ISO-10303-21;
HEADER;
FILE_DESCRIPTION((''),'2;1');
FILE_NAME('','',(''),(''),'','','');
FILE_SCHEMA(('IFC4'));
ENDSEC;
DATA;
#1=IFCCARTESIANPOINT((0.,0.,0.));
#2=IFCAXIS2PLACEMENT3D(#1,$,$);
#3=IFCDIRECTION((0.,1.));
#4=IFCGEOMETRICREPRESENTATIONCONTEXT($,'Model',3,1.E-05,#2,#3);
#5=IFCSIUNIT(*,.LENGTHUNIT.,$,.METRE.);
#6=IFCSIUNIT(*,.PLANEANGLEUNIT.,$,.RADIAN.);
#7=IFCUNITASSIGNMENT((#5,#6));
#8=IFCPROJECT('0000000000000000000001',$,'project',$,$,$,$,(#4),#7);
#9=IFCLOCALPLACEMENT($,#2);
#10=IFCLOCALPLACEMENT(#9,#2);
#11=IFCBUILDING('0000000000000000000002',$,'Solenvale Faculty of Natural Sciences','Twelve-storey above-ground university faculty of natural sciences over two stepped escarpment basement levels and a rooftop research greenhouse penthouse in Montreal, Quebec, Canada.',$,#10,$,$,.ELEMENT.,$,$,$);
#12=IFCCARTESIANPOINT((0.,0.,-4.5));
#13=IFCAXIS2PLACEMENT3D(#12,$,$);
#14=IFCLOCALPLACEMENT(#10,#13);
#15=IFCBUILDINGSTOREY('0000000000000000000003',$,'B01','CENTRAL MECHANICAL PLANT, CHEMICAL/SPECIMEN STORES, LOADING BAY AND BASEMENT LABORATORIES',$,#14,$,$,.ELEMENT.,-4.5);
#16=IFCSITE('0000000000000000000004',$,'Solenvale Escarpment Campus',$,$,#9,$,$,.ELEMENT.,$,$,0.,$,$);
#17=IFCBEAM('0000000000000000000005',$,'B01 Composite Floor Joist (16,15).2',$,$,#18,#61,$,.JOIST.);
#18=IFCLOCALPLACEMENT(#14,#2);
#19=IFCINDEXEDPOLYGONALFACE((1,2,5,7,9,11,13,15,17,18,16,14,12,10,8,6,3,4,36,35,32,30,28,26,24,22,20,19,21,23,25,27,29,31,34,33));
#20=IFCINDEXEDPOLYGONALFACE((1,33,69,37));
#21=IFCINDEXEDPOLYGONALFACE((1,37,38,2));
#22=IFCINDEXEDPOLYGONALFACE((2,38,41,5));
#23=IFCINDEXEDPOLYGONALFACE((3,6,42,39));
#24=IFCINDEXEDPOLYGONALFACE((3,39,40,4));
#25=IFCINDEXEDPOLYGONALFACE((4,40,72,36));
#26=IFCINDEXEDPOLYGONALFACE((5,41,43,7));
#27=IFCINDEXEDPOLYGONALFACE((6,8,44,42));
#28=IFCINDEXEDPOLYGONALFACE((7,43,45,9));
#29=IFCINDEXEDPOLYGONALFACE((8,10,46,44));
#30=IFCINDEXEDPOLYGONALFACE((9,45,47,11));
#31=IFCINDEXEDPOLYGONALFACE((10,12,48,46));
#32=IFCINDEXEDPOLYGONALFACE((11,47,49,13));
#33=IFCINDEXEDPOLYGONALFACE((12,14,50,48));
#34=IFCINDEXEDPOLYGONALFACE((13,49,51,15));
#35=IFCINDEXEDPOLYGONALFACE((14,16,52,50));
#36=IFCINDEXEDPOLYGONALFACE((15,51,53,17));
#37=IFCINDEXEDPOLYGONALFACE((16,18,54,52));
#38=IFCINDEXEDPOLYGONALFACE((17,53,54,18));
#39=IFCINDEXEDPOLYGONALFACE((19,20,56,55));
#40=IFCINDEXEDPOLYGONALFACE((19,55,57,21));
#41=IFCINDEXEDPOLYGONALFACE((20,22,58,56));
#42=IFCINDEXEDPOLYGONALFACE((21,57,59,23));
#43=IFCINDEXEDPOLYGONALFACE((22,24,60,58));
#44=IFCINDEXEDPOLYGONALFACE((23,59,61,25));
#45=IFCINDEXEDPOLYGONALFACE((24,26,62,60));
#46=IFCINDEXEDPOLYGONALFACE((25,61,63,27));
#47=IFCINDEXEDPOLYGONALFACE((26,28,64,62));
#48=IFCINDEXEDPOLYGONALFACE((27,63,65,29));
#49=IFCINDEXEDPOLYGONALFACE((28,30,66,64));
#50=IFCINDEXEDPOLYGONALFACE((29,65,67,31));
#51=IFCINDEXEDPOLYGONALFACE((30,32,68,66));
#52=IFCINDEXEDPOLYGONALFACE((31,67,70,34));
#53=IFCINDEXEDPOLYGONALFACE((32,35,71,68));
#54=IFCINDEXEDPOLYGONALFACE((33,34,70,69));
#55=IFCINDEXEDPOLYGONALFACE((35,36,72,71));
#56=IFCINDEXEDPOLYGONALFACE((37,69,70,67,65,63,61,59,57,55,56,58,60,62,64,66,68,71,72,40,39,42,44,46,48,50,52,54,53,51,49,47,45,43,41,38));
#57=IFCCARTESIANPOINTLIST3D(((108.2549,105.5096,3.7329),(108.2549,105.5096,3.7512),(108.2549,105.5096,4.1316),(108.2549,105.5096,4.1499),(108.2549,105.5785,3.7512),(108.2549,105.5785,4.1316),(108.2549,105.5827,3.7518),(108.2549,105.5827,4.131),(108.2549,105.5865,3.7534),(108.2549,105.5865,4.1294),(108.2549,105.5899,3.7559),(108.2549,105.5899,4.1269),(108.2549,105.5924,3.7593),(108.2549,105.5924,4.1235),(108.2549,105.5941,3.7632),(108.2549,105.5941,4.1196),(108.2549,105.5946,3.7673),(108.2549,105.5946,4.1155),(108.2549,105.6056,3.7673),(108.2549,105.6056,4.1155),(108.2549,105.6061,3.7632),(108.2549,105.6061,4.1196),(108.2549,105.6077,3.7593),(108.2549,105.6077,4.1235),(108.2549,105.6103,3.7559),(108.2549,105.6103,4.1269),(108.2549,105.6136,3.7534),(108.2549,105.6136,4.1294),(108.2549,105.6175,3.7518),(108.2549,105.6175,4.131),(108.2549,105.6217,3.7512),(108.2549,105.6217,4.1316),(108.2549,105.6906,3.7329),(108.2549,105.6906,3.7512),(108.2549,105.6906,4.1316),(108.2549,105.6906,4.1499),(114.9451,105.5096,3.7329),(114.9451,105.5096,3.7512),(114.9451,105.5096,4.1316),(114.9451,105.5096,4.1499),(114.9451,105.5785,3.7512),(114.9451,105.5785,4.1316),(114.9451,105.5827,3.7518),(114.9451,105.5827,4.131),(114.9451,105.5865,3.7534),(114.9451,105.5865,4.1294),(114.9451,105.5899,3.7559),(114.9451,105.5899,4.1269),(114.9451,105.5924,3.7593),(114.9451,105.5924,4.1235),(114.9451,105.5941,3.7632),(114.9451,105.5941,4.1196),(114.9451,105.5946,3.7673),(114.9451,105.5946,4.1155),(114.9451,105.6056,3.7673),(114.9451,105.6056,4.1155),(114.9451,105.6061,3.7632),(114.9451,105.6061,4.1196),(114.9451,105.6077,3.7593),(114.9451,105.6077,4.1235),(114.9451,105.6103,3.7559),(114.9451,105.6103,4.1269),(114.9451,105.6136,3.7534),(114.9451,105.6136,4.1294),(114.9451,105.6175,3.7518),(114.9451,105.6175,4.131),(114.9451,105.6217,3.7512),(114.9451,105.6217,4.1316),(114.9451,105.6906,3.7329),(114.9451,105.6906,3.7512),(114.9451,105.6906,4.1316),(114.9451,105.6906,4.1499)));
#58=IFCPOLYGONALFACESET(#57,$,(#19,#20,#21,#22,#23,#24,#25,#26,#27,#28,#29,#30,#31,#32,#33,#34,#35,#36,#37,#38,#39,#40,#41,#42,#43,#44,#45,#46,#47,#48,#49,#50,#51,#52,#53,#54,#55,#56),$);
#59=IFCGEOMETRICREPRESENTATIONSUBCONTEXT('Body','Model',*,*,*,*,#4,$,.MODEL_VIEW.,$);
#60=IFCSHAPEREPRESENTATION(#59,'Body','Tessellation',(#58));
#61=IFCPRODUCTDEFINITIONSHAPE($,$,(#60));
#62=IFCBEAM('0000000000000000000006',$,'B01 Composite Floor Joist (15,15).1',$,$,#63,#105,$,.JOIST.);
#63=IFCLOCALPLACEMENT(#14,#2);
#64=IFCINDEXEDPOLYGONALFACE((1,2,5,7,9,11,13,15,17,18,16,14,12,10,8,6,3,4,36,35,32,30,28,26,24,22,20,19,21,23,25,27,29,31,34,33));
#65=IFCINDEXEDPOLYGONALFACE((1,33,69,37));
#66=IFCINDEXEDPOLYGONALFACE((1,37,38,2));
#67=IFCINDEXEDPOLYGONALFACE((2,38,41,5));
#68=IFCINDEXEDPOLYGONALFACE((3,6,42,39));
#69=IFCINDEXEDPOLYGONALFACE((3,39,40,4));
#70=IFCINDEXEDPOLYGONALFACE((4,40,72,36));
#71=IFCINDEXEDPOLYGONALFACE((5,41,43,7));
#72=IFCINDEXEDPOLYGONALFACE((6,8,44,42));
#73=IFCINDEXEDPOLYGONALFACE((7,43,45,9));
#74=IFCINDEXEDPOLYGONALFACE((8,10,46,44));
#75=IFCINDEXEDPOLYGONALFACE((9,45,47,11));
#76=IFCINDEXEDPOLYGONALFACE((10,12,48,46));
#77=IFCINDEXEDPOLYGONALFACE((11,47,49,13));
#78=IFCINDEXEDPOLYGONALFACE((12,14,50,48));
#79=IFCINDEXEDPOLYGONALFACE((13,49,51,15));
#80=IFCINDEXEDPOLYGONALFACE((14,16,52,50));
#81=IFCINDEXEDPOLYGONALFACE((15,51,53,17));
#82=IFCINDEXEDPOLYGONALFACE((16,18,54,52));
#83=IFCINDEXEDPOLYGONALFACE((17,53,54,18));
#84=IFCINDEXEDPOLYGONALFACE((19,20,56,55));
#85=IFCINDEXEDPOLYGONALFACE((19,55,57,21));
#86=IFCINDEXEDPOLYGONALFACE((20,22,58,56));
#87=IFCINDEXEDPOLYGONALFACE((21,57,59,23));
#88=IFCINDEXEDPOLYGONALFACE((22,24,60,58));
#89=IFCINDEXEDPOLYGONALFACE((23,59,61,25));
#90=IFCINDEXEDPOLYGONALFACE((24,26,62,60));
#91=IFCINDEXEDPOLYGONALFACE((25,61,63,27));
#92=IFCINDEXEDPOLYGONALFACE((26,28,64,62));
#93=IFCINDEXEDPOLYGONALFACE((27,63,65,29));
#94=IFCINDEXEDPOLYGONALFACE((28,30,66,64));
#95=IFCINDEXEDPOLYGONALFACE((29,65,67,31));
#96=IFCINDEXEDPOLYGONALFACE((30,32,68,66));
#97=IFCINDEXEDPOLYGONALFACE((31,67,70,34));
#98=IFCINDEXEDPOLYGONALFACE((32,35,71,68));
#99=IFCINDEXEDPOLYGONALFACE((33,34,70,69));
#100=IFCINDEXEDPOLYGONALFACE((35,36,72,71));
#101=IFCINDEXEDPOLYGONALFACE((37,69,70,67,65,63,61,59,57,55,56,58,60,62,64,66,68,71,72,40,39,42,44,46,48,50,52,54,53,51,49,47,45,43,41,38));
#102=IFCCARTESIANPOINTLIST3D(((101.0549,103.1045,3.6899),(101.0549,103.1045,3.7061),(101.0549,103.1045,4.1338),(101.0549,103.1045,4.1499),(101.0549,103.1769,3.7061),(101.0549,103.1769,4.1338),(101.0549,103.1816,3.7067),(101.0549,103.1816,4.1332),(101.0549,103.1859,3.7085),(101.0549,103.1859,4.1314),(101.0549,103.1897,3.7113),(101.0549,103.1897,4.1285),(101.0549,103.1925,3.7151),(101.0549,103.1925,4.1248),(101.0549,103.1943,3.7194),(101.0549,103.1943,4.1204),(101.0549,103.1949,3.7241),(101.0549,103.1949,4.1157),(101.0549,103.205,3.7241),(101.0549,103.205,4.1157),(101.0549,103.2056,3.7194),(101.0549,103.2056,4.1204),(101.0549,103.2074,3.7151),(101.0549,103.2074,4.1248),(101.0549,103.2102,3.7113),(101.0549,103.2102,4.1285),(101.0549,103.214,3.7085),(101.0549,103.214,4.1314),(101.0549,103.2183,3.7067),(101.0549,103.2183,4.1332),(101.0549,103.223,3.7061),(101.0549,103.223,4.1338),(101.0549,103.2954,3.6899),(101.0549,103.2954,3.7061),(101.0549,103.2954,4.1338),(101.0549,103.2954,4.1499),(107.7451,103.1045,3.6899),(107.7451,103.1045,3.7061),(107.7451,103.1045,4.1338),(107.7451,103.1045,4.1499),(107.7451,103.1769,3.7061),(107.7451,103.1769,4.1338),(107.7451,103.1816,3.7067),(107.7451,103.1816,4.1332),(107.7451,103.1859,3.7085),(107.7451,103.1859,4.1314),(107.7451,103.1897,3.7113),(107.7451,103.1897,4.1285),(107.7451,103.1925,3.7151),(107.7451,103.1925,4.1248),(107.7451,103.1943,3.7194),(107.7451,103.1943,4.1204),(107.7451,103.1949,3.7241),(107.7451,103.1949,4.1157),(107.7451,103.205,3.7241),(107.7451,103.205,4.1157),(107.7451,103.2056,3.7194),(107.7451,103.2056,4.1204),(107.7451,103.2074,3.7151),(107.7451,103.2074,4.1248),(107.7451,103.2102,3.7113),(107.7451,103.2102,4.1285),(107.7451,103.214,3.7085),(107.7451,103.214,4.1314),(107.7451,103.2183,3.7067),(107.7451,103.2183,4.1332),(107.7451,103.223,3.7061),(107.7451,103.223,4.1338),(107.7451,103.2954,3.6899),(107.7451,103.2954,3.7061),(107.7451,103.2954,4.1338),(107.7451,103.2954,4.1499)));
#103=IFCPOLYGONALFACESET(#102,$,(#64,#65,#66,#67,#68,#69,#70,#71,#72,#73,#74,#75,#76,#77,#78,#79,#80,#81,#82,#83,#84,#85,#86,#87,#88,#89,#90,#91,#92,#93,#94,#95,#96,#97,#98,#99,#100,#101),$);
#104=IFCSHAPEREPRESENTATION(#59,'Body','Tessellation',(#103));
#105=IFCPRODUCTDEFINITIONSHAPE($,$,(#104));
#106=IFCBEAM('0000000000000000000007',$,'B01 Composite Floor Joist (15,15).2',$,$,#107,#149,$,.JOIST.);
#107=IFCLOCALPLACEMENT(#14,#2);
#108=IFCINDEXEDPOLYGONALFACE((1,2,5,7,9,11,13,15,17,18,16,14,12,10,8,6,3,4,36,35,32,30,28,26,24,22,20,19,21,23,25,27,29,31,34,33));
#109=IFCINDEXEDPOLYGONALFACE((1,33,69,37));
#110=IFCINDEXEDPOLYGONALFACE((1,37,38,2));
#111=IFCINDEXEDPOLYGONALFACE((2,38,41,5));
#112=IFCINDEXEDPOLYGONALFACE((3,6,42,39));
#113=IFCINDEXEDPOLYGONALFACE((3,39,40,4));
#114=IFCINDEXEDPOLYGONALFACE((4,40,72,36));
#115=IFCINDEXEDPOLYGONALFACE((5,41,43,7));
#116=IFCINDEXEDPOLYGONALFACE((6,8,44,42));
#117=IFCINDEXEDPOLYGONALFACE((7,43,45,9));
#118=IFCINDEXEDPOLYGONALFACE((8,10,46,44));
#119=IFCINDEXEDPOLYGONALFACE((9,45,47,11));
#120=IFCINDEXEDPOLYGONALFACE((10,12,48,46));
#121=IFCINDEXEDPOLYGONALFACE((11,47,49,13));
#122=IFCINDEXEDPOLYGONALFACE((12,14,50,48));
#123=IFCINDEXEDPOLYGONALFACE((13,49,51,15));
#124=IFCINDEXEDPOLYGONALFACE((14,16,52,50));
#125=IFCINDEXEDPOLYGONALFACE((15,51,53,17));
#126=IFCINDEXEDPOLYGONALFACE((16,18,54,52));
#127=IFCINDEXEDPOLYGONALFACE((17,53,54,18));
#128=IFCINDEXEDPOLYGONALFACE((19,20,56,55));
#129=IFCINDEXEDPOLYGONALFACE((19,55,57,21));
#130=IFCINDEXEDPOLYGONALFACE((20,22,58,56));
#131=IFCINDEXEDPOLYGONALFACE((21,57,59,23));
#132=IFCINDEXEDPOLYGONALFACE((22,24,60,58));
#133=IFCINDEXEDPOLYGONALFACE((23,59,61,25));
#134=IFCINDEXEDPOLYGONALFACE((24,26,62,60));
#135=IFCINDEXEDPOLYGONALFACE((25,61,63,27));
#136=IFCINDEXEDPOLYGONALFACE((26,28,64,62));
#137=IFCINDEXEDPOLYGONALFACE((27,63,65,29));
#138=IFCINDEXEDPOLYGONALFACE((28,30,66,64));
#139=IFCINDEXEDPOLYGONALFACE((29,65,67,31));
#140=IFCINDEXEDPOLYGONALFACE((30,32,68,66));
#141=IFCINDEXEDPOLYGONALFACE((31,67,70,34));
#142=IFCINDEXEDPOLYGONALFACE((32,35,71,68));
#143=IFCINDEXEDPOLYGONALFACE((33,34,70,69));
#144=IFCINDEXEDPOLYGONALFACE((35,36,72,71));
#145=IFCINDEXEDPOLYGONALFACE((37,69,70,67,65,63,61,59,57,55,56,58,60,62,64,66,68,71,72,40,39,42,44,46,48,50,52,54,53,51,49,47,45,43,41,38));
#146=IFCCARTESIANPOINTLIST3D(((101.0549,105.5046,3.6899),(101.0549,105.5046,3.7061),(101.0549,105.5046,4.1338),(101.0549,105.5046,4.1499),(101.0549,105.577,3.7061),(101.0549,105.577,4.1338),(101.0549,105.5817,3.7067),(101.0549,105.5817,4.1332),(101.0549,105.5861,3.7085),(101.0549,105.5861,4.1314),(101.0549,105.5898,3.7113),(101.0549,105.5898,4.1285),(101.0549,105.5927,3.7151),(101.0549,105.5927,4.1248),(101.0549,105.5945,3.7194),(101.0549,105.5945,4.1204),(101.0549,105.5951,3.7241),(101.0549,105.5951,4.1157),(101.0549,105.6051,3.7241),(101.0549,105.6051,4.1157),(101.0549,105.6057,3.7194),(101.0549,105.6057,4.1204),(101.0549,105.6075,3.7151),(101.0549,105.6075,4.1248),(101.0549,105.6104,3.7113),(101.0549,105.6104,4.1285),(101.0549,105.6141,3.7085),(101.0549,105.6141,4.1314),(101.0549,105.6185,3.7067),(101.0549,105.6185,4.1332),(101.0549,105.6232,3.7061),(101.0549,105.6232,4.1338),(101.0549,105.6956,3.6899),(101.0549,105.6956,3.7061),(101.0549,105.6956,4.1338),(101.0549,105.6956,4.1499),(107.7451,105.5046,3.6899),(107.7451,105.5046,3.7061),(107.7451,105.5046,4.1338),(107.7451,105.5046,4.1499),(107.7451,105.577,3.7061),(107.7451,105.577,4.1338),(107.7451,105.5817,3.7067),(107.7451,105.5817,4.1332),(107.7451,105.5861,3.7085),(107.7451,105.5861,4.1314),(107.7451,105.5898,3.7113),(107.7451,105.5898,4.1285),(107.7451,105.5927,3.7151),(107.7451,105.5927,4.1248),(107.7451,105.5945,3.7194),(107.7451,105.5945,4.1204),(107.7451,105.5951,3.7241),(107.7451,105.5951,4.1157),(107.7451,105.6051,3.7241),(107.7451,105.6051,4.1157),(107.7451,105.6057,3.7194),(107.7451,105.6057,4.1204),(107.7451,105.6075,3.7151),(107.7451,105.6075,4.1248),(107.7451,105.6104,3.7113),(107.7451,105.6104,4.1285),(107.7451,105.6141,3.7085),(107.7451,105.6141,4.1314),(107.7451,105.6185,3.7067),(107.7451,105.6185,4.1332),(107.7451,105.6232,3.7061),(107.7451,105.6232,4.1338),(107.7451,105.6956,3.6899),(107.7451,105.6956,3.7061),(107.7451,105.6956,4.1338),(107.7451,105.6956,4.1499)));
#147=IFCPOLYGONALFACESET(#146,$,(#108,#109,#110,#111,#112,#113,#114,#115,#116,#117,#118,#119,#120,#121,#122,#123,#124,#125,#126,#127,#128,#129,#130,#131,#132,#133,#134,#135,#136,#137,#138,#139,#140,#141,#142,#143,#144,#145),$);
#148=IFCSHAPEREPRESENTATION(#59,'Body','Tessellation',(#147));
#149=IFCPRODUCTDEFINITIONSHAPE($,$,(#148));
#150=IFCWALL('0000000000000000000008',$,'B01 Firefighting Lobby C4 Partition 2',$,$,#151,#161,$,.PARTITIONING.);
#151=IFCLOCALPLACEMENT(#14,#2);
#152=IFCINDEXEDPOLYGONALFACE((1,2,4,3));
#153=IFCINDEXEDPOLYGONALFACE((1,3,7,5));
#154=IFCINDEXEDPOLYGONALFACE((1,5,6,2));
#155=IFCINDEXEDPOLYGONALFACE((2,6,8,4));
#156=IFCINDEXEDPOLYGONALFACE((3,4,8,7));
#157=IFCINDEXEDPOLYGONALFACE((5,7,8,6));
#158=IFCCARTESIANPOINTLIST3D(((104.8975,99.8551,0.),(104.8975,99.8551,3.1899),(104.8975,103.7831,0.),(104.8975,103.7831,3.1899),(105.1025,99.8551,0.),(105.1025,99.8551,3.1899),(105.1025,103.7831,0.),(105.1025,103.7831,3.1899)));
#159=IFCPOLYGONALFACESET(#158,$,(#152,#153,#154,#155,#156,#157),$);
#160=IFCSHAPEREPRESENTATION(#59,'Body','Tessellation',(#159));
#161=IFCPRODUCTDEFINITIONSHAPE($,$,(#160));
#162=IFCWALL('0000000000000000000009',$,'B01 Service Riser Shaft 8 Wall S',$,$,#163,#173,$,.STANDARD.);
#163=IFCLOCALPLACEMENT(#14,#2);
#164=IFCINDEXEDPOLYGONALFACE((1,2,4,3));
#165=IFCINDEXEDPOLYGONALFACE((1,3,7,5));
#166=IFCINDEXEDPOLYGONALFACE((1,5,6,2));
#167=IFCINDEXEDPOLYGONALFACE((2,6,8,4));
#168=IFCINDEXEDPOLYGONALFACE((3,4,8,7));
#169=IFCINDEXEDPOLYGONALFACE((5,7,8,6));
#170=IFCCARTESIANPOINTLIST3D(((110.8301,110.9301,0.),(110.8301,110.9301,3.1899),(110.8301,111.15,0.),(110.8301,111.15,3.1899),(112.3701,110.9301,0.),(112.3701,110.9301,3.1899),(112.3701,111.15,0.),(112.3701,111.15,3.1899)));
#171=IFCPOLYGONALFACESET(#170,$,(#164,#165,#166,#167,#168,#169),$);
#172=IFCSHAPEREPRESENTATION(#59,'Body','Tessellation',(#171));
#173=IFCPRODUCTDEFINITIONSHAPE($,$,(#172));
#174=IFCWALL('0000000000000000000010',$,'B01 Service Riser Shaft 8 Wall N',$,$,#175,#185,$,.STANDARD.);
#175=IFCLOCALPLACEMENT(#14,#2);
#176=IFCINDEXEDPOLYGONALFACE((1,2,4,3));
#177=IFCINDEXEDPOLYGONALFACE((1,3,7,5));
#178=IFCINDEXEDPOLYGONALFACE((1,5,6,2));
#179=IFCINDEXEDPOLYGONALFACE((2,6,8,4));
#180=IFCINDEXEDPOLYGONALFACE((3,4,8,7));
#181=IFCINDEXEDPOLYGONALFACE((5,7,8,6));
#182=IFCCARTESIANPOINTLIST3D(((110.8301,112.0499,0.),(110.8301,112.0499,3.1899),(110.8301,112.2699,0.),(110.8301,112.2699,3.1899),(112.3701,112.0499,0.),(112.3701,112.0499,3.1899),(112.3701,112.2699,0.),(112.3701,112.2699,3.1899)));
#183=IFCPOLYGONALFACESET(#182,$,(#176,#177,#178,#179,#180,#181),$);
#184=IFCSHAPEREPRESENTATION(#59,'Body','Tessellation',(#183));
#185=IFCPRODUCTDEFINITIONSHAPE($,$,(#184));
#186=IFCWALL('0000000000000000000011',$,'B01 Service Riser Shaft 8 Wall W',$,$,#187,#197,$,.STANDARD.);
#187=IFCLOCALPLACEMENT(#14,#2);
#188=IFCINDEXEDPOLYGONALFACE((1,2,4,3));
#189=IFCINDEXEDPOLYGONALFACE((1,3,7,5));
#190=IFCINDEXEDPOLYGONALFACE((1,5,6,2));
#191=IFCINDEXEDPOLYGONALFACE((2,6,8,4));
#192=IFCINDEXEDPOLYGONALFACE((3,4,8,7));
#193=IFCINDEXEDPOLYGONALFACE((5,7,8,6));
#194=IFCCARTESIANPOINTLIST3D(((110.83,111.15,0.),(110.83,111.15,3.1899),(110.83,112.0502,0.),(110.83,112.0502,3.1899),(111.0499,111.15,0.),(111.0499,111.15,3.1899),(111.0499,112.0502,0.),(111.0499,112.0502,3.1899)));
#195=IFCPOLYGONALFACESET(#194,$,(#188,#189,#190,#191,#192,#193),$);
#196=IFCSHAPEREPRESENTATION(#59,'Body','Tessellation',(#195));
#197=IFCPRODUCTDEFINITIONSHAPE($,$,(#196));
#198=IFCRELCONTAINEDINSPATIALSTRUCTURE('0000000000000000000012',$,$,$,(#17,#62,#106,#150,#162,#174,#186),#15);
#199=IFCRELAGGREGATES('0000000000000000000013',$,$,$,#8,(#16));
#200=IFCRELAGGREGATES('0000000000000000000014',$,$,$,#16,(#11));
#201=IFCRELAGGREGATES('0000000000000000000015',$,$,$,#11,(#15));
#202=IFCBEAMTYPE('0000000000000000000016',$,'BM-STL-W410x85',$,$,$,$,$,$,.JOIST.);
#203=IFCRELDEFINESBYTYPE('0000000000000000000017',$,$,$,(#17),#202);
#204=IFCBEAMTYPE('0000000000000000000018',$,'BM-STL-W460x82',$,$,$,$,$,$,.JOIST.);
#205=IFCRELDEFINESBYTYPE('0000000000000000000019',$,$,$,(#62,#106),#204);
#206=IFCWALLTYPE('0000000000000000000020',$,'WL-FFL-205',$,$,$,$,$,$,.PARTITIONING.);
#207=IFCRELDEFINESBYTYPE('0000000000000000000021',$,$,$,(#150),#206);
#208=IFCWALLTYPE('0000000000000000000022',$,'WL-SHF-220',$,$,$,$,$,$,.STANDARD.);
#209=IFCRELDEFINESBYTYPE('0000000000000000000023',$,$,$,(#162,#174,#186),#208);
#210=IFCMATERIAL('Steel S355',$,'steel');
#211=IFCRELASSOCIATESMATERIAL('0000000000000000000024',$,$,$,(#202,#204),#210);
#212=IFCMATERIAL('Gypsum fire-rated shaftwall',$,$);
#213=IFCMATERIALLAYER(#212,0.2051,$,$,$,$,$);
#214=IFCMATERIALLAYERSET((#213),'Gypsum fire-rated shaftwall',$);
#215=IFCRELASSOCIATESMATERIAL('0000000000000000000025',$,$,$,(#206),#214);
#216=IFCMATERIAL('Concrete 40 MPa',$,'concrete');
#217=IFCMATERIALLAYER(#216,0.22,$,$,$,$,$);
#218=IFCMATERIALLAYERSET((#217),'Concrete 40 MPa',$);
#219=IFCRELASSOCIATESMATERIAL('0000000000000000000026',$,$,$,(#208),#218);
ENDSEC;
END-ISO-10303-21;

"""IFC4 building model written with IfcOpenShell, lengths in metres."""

from ifc_helpers import new_model, si_unit, direction, frame, frame_2d, origin, origin_2d, place, context, subcontext, project, spatial, rectangle, i_section, extrude, material, layer, layer_set, material_profile, profile_set, type_object, element, save


model = new_model("IFC4")

# Units and contexts
model_context = context("Model", 3, precision=1e-05, world=origin(), true_north=direction((0.0, 1.0)))
body_context = subcontext(model_context, "Body", "Model", "MODEL_VIEW")
ifc_project = project(units=[si_unit("LENGTHUNIT", "METRE"), si_unit("PLANEANGLEUNIT", "RADIAN")], contexts=[model_context])

# Site, building, storey
site_placement = place(None, origin())
site = spatial("IfcSite", under=ifc_project, at=site_placement, Name="Solenvale Escarpment Campus", CompositionType="ELEMENT", RefElevation=0.0)
building_placement = place(site_placement, origin())
building = spatial("IfcBuilding", under=site, at=building_placement, Name="Solenvale Faculty of Natural Sciences", Description="Twelve-storey above-ground university faculty of natural sciences over two stepped escarpment basement levels and a rooftop research greenhouse penthouse in Montreal, Quebec, Canada.", CompositionType="ELEMENT")
storey_placement = place(building_placement, frame((0.0, 0.0, -4.5)))
storey = spatial("IfcBuildingStorey", under=building, at=storey_placement, Name="B01", Description="CENTRAL MECHANICAL PLANT, CHEMICAL/SPECIMEN STORES, LOADING BAY AND BASEMENT LABORATORIES", CompositionType="ELEMENT", Elevation=-4.5)

# Beams
ifc_material_1 = material(Name="Concrete 40 MPa", Category="concrete")
ifc_material_2 = material(Name="Steel S355", Category="steel")
ifc_material_profile_1 = material_profile(ifc_material_2, i_section(OverallWidth=0.1809, OverallDepth=0.417, WebThickness=0.011, FlangeThickness=0.0183, FilletRadius=0.0161, at=origin_2d()), Name="W410x85")
ifc_profile_set_1 = profile_set([ifc_material_profile_1], Name="Steel S355")
beam_type_1 = type_object("IfcBeamType", Name="BM-STL-W410x85", PredefinedType="JOIST", material=ifc_profile_set_1)
for number, where, z_axis, x_axis, name in (
    (1, (108.2549, 105.6001, 3.9414), (1.0, 0.0, 0.0), (0.0, 1.0, 0.0), "B01 Composite Floor Joist (16,15).2"),
):
    element("IfcBeam", number, at=place(storey_placement, frame(where, z_axis=z_axis, x_axis=x_axis)), inside=storey, type_object=beam_type_1, Name=name, PredefinedType="JOIST", context=body_context, shape_type="SweptSolid", body=[
        extrude(i_section(OverallWidth=0.1809, OverallDepth=0.417, WebThickness=0.011, FlangeThickness=0.0183, FilletRadius=0.0161, at=origin_2d()), origin(), (0.0, 0.0, 1.0), 6.6902),
    ])
ifc_material_profile_2 = material_profile(ifc_material_2, i_section(OverallWidth=0.1909, OverallDepth=0.46, WebThickness=0.01, FlangeThickness=0.0161, FilletRadius=0.0181, at=origin_2d()), Name="W460x82")
ifc_profile_set_2 = profile_set([ifc_material_profile_2], Name="Steel S355")
beam_type_2 = type_object("IfcBeamType", Name="BM-STL-W460x82", PredefinedType="JOIST", material=ifc_profile_set_2)
for number, where, z_axis, x_axis, name in (
    (2, (101.0549, 103.2, 3.9199), (1.0, 0.0, 0.0), (0.0, 1.0, 0.0), "B01 Composite Floor Joist (15,15).1"),
    (3, (101.0549, 105.6001, 3.9199), (1.0, 0.0, 0.0), (0.0, 1.0, 0.0), "B01 Composite Floor Joist (15,15).2"),
):
    element("IfcBeam", number, at=place(storey_placement, frame(where, z_axis=z_axis, x_axis=x_axis)), inside=storey, type_object=beam_type_2, Name=name, PredefinedType="JOIST", context=body_context, shape_type="SweptSolid", body=[
        extrude(i_section(OverallWidth=0.1909, OverallDepth=0.46, WebThickness=0.01, FlangeThickness=0.0161, FilletRadius=0.0181, at=origin_2d()), origin(), (0.0, 0.0, 1.0), 6.6902),
    ])

# Walls
ifc_material_3 = material(Name="Gypsum fire-rated shaftwall")
ifc_layer_1 = layer(ifc_material_3, 0.2051)
ifc_layer_set_1 = layer_set([ifc_layer_1], Name="Gypsum fire-rated shaftwall")
wall_type_1 = type_object("IfcWallType", Name="WL-FFL-205", PredefinedType="PARTITIONING", material=ifc_layer_set_1)
wall_1_placement = place(storey_placement, frame((105.0, 103.783, 0.0), z_axis=(0.0, 0.0, 1.0), x_axis=(0.0, -1.0, 0.0)))
element("IfcWall", 4, at=wall_1_placement, inside=storey, type_object=wall_type_1, Name="B01 Firefighting Lobby C4 Partition 2", PredefinedType="PARTITIONING", context=body_context, shape_type="SweptSolid", body=[
    extrude(rectangle(XDim=3.928, YDim=0.2051, at=frame_2d((1.9639, 0.0))), origin(), (0.0, 0.0, 1.0), 3.1899),
])
ifc_layer_2 = layer(ifc_material_1, 0.22)
ifc_layer_set_2 = layer_set([ifc_layer_2], Name="Concrete 40 MPa")
wall_type_2 = type_object("IfcWallType", Name="WL-SHF-220", PredefinedType="STANDARD", material=ifc_layer_set_2)
for number, where, z_axis, x_axis, name in (
    (5, (110.8301, 111.04, 0.0), (0.0, 0.0, 1.0), (1.0, 0.0, 0.0), "B01 Service Riser Shaft 8 Wall S"),
    (6, (110.8301, 112.1599, 0.0), (0.0, 0.0, 1.0), (1.0, 0.0, 0.0), "B01 Service Riser Shaft 8 Wall N"),
):
    element("IfcWall", number, at=place(storey_placement, frame(where, z_axis=z_axis, x_axis=x_axis)), inside=storey, type_object=wall_type_2, Name=name, PredefinedType="STANDARD", context=body_context, shape_type="SweptSolid", body=[
        extrude(rectangle(XDim=1.54, YDim=0.22, at=frame_2d((0.77, 0.0))), origin(), (0.0, 0.0, 1.0), 3.1899),
    ])
for number, where, z_axis, x_axis, name in (
    (7, (110.9399, 111.1499, 0.0), (0.0, 0.0, 1.0), (0.0, 1.0, 0.0), "B01 Service Riser Shaft 8 Wall W"),
):
    element("IfcWall", number, at=place(storey_placement, frame(where, z_axis=z_axis, x_axis=x_axis)), inside=storey, type_object=wall_type_2, Name=name, PredefinedType="STANDARD", context=body_context, shape_type="SweptSolid", body=[
        extrude(rectangle(XDim=0.9001, YDim=0.22, at=frame_2d((0.4502, 0.0))), origin(), (0.0, 0.0, 1.0), 3.1899),
    ])

save(model, "model.ifc")
